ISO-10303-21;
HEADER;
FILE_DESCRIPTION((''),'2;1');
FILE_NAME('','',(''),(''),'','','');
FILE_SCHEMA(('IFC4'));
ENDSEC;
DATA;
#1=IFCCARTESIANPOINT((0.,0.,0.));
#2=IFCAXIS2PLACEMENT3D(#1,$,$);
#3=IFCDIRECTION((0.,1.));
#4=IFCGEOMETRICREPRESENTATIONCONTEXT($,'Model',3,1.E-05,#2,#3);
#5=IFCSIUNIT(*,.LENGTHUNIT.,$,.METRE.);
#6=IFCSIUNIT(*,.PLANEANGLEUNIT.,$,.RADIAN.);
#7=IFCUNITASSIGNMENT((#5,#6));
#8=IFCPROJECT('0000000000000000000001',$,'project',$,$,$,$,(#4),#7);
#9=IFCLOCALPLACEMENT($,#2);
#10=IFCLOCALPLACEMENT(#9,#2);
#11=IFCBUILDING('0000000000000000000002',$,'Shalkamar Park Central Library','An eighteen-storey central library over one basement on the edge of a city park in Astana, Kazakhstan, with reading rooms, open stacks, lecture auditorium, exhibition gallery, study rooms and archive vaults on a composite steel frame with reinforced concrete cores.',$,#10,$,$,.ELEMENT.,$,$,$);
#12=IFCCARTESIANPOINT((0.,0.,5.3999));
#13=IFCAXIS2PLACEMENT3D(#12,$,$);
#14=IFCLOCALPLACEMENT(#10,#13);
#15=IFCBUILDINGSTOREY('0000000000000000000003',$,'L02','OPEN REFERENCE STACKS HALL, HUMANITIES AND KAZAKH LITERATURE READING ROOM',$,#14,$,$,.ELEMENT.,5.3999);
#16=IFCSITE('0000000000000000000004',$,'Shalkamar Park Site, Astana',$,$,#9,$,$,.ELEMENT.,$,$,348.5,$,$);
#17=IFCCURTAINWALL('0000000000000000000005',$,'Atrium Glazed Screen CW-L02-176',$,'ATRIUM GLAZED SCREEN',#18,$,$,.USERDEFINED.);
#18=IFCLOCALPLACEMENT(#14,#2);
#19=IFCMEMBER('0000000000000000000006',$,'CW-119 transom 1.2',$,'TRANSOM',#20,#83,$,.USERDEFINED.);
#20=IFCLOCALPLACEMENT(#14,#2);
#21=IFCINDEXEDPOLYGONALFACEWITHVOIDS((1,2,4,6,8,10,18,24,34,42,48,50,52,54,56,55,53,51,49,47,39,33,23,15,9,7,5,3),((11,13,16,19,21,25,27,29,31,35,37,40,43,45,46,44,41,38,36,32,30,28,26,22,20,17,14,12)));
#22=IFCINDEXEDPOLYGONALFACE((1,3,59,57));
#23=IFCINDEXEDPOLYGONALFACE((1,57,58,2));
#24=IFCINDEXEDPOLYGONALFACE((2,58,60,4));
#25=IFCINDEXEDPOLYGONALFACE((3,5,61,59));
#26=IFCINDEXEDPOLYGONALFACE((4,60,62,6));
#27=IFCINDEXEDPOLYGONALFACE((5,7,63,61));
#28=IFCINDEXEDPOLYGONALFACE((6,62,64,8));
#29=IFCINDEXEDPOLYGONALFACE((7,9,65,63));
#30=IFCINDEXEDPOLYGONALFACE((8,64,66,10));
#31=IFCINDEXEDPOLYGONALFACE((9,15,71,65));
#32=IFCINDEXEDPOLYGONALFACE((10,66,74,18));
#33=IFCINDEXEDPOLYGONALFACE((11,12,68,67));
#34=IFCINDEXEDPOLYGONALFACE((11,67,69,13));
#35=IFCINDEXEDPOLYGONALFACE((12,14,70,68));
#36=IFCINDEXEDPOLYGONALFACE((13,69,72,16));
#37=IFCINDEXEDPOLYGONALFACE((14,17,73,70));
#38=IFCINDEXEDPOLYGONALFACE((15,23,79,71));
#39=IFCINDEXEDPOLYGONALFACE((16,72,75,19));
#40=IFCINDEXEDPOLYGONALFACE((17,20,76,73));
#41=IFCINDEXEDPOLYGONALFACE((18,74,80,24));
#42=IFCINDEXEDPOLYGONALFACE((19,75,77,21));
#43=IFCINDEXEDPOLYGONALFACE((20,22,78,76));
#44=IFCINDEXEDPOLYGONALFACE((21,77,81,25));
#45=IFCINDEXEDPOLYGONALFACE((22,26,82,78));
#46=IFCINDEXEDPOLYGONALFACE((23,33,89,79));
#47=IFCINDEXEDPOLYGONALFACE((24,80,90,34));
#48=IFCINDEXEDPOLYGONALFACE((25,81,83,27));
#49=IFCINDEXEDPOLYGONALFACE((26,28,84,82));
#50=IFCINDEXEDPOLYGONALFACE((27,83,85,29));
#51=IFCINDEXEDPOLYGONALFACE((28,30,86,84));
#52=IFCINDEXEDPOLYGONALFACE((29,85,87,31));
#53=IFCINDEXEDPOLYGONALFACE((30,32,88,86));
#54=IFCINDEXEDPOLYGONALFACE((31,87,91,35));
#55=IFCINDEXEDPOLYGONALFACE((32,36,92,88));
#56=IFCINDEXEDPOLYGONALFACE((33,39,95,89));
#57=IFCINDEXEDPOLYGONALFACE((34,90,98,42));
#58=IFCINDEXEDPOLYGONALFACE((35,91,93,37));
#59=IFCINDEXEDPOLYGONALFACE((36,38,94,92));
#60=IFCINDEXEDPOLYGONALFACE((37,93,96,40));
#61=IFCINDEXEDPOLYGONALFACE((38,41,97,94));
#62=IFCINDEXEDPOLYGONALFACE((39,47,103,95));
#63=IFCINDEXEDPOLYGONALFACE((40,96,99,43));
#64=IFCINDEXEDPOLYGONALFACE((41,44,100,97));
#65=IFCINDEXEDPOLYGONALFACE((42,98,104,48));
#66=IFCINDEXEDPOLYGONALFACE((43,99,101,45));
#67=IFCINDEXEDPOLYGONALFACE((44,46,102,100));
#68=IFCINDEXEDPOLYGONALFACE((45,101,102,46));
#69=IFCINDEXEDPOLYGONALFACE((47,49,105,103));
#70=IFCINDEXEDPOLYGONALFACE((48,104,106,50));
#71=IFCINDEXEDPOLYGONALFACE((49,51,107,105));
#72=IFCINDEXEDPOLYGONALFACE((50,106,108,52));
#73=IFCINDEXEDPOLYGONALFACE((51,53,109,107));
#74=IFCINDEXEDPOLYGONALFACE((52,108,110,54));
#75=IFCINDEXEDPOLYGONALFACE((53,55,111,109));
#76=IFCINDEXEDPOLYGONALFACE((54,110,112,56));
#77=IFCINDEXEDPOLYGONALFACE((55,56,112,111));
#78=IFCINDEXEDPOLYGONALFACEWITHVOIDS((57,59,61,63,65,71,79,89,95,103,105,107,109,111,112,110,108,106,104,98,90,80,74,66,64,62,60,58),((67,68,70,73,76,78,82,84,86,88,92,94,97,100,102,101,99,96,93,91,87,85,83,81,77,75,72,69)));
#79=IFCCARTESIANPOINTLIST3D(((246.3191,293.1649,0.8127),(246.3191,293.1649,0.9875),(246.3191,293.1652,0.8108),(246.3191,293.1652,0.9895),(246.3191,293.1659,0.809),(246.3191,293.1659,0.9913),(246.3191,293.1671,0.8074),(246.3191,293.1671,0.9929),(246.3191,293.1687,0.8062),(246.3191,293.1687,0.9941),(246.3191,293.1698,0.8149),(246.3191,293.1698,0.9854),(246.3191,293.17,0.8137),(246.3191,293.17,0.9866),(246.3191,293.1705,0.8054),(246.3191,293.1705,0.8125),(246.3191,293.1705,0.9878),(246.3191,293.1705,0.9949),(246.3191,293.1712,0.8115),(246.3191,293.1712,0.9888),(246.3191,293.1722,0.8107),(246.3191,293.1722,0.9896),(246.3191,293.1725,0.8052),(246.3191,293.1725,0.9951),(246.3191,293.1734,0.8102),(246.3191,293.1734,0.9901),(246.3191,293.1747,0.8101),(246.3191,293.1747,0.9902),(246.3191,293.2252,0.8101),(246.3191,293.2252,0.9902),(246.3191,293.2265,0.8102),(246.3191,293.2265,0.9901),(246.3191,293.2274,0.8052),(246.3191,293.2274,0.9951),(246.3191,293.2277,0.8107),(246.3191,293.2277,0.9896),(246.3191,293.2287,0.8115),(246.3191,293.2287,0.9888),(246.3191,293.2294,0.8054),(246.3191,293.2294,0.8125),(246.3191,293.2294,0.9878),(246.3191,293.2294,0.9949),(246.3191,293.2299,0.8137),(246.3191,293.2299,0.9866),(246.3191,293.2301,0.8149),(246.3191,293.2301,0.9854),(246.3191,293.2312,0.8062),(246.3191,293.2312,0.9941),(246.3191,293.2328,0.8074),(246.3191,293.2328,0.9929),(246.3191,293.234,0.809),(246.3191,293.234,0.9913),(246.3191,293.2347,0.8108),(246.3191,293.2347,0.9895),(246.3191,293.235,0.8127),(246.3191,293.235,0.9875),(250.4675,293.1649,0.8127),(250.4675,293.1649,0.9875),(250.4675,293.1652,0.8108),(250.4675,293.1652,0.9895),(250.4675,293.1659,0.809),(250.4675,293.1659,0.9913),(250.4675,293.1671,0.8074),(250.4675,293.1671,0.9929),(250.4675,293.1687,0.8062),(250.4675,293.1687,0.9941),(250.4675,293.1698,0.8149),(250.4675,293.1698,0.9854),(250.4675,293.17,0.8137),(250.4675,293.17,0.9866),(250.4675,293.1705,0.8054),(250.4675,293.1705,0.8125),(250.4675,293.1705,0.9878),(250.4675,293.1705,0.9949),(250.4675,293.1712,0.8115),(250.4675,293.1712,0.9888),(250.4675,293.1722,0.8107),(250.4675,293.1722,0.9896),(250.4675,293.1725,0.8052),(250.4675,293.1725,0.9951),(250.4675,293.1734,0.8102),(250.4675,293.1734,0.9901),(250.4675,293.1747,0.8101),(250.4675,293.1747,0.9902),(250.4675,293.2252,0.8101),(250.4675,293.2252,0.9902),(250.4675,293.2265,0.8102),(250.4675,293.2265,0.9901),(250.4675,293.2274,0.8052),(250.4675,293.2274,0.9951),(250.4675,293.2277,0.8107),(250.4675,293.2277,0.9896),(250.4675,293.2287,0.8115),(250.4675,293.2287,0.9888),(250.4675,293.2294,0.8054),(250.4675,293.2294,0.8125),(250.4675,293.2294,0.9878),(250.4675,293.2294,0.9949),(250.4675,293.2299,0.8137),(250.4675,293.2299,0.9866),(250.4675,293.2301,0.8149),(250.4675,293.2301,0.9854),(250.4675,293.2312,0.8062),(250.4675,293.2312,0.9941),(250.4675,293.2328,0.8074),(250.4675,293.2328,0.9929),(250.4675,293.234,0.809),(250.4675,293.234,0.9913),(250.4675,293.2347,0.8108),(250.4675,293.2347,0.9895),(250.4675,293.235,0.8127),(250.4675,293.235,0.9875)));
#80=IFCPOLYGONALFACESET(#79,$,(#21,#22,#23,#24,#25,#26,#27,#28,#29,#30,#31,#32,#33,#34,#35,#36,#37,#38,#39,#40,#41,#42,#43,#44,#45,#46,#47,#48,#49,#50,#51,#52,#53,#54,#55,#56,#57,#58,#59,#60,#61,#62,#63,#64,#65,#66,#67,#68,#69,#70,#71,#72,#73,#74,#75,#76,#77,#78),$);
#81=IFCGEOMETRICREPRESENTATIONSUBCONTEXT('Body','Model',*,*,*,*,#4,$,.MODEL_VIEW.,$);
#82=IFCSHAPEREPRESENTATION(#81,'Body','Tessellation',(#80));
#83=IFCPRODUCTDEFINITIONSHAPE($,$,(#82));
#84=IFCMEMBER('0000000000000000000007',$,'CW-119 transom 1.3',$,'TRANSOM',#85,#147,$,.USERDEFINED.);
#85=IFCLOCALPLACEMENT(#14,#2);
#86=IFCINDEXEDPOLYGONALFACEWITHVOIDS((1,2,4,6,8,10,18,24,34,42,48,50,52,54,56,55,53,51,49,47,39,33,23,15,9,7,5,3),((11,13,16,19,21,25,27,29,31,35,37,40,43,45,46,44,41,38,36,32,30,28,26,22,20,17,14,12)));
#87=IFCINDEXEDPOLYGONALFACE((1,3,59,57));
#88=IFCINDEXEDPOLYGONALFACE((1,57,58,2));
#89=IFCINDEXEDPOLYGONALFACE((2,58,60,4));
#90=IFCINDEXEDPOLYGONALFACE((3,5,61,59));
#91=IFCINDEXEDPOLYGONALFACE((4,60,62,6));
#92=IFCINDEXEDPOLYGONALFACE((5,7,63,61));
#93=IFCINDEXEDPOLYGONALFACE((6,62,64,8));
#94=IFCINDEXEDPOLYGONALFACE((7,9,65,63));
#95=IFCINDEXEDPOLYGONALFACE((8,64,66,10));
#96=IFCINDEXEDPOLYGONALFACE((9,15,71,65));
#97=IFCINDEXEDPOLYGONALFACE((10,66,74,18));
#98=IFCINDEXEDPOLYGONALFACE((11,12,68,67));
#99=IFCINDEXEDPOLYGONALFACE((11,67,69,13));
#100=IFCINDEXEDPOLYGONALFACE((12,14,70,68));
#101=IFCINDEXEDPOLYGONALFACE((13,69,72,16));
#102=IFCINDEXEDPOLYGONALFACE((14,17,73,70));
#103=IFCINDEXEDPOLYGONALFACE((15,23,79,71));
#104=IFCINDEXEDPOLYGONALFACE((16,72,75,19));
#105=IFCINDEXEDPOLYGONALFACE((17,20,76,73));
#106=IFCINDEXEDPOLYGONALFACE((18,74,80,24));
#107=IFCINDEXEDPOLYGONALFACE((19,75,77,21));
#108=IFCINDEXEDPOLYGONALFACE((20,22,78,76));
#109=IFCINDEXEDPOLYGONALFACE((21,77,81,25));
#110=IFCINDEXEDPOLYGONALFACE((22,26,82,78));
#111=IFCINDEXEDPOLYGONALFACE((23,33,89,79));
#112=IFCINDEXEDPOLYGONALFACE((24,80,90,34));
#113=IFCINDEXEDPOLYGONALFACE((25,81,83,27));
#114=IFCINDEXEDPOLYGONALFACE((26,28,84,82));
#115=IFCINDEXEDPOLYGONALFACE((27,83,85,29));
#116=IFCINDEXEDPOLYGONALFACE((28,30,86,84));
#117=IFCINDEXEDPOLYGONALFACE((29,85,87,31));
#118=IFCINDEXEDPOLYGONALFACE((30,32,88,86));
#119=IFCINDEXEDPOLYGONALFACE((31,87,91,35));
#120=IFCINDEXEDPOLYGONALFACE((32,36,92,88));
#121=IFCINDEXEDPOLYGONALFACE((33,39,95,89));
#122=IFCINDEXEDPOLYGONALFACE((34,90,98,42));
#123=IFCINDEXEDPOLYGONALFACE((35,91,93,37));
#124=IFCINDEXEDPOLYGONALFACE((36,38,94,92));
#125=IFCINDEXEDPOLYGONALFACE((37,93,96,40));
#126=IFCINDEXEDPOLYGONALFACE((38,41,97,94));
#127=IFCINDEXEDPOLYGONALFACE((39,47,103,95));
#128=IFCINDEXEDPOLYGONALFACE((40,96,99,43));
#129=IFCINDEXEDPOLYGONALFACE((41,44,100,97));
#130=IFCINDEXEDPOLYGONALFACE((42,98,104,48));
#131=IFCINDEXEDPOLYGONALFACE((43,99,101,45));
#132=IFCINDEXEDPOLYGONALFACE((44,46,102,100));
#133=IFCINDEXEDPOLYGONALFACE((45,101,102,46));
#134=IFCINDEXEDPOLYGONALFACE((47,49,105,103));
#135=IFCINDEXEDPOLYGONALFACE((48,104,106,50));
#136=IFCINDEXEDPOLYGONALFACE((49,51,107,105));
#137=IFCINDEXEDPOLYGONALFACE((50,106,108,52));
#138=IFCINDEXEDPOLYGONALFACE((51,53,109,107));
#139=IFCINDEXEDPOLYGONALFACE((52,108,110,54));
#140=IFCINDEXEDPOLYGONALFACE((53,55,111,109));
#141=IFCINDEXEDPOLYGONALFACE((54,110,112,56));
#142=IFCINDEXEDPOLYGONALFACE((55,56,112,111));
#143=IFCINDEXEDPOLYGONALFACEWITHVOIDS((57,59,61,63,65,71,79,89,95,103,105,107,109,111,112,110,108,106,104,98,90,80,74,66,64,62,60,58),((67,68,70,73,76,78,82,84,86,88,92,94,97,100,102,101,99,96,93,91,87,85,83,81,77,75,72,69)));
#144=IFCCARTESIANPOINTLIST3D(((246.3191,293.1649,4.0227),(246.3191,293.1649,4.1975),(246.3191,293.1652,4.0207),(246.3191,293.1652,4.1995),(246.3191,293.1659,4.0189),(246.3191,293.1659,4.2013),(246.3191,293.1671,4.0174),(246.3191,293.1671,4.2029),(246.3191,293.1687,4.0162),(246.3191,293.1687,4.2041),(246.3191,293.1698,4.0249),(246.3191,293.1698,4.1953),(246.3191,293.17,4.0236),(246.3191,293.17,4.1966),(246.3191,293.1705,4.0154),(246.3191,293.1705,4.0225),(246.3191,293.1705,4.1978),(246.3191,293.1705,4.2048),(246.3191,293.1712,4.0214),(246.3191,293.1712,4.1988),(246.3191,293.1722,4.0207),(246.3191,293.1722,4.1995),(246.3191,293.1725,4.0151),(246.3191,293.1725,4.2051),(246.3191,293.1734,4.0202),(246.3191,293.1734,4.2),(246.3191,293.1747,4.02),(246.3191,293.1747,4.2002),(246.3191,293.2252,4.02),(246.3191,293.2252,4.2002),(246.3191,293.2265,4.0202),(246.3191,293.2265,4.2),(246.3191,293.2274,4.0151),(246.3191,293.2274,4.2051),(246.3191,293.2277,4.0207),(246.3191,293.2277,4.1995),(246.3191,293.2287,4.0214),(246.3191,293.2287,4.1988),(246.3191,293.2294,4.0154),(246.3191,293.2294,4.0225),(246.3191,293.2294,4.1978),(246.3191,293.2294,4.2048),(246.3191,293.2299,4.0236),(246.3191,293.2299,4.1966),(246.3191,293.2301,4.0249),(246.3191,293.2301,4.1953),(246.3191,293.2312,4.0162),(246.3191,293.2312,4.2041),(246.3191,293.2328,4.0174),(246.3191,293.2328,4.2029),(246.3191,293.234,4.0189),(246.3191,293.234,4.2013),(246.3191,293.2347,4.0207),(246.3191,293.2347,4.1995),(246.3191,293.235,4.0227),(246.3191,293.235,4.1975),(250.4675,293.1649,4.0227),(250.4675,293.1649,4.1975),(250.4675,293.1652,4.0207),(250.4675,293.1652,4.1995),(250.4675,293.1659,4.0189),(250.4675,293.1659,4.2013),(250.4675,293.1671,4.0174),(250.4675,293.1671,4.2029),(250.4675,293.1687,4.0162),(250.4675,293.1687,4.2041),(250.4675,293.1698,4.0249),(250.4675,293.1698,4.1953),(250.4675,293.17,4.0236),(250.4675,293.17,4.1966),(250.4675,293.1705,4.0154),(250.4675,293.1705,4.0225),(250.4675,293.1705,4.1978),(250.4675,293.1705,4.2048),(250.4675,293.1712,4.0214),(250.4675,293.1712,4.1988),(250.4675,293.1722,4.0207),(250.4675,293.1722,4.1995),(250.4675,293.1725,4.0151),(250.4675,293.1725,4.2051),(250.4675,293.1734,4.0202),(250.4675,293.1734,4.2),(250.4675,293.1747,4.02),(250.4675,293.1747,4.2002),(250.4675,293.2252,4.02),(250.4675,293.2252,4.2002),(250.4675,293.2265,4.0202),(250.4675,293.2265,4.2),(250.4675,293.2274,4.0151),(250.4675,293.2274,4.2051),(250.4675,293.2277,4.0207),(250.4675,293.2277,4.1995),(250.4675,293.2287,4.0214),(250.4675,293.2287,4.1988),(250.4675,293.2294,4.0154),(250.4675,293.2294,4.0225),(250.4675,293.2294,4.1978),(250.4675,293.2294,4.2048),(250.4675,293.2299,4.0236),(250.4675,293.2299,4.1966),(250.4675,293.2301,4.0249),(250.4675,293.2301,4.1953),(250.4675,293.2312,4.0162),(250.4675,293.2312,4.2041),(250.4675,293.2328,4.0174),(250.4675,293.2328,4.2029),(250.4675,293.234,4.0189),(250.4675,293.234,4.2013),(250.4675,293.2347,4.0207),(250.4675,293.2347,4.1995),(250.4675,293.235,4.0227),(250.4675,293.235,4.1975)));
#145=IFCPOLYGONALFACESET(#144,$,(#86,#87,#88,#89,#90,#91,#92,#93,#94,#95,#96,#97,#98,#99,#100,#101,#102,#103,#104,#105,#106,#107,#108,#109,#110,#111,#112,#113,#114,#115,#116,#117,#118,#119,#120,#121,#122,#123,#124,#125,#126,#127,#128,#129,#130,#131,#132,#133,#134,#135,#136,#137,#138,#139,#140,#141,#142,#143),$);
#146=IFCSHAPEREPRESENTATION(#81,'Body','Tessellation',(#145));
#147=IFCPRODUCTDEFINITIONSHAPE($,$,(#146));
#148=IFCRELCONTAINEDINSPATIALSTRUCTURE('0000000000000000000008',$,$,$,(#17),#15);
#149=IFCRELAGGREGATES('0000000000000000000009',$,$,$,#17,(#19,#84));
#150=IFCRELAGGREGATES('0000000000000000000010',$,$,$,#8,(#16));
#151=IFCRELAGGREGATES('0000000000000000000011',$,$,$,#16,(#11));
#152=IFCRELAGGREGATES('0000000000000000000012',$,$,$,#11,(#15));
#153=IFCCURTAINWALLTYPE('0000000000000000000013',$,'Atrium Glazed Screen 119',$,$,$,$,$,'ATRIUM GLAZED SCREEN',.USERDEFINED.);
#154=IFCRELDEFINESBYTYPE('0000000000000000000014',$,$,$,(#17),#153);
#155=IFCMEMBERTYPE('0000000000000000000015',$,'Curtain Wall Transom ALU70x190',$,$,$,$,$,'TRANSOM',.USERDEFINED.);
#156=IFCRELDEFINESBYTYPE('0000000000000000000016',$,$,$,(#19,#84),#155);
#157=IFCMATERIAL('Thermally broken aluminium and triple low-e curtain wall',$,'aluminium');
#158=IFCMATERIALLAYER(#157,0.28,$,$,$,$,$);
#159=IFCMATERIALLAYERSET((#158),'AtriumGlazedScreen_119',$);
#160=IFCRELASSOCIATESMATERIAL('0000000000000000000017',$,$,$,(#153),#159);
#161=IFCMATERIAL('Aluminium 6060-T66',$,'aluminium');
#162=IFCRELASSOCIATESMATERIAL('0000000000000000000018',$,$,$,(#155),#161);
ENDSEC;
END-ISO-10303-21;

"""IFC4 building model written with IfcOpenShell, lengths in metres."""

from ifc_helpers import new_model, si_unit, direction, frame, origin, origin_2d, place, context, subcontext, project, spatial, hollow_rectangle, extrude, material, layer, layer_set, material_profile, profile_set, type_object, element, aggregate, save


model = new_model("IFC4")

# Units and contexts
model_context = context("Model", 3, precision=1e-05, world=origin(), true_north=direction((0.0, 1.0)))
body_context = subcontext(model_context, "Body", "Model", "MODEL_VIEW")
ifc_project = project(units=[si_unit("LENGTHUNIT", "METRE"), si_unit("PLANEANGLEUNIT", "RADIAN")], contexts=[model_context])

# Site, building, storey
site_placement = place(None, origin())
site = spatial("IfcSite", under=ifc_project, at=site_placement, Name="Shalkamar Park Site, Astana", CompositionType="ELEMENT", RefElevation=348.5)
building_placement = place(site_placement, origin())
building = spatial("IfcBuilding", under=site, at=building_placement, Name="Shalkamar Park Central Library", Description="An eighteen-storey central library over one basement on the edge of a city park in Astana, Kazakhstan, with reading rooms, open stacks, lecture auditorium, exhibition gallery, study rooms and archive vaults on a composite steel frame with reinforced concrete cores.", CompositionType="ELEMENT")
storey_placement = place(building_placement, frame((0.0, 0.0, 5.3999)))
storey = spatial("IfcBuildingStorey", under=building, at=storey_placement, Name="L02", Description="OPEN REFERENCE STACKS HALL, HUMANITIES AND KAZAKH LITERATURE READING ROOM", CompositionType="ELEMENT", Elevation=5.3999)

# Curtain wall, members
ifc_material_1 = material(Name="Thermally broken aluminium and triple low-e curtain wall", Category="aluminium")
ifc_layer_1 = layer(ifc_material_1, 0.28)
ifc_layer_set_1 = layer_set([ifc_layer_1], Name="AtriumGlazedScreen_119")
curtain_wall_type = type_object("IfcCurtainWallType", Name="Atrium Glazed Screen 119", ElementType="ATRIUM GLAZED SCREEN", PredefinedType="USERDEFINED", material=ifc_layer_set_1)
curtain_wall_placement = place(storey_placement, origin())
curtain_wall = element("IfcCurtainWall", 1, at=curtain_wall_placement, inside=storey, type_object=curtain_wall_type, Name="Atrium Glazed Screen CW-L02-176", ObjectType="ATRIUM GLAZED SCREEN", PredefinedType="USERDEFINED")
ifc_material_2 = material(Name="Aluminium 6060-T66", Category="aluminium")
ifc_material_profile_1 = material_profile(ifc_material_2, hollow_rectangle(XDim=0.0701, YDim=0.1899, WallThickness=0.0049, InnerFilletRadius=0.0049, OuterFilletRadius=0.0076, at=origin_2d()), Name="ALU 70x190x5")
ifc_profile_set_1 = profile_set([ifc_material_profile_1], Name="Aluminium 6060-T66")
member_type_1 = type_object("IfcMemberType", Name="Curtain Wall Transom ALU70x190", ElementType="TRANSOM", PredefinedType="USERDEFINED", material=ifc_profile_set_1)
member_1_placement = place(storey_placement, frame((246.3191, 293.2, 0.9001), z_axis=(1.0, 0.0, 0.0), x_axis=(0.0, 1.0, 0.0)))
member_1 = element("IfcMember", 2, at=member_1_placement, type_object=member_type_1, Name="CW-119 transom 1.2", ObjectType="TRANSOM", PredefinedType="USERDEFINED", context=body_context, shape_type="SweptSolid", body=[
    extrude(hollow_rectangle(XDim=0.0701, YDim=0.1899, WallThickness=0.0049, InnerFilletRadius=0.0049, OuterFilletRadius=0.0076, at=origin_2d()), origin(), (0.0, 0.0, 1.0), 4.1484),
])
member_2_placement = place(storey_placement, frame((246.3191, 293.2, 4.1101), z_axis=(1.0, 0.0, 0.0), x_axis=(0.0, 1.0, 0.0)))
member_2 = element("IfcMember", 3, at=member_2_placement, type_object=member_type_1, Name="CW-119 transom 1.3", ObjectType="TRANSOM", PredefinedType="USERDEFINED", context=body_context, shape_type="SweptSolid", body=[
    extrude(hollow_rectangle(XDim=0.0701, YDim=0.1899, WallThickness=0.0049, InnerFilletRadius=0.0049, OuterFilletRadius=0.0076, at=origin_2d()), origin(), (0.0, 0.0, 1.0), 4.1484),
])

aggregate(curtain_wall, [member_1, member_2])

save(model, "model.ifc")
